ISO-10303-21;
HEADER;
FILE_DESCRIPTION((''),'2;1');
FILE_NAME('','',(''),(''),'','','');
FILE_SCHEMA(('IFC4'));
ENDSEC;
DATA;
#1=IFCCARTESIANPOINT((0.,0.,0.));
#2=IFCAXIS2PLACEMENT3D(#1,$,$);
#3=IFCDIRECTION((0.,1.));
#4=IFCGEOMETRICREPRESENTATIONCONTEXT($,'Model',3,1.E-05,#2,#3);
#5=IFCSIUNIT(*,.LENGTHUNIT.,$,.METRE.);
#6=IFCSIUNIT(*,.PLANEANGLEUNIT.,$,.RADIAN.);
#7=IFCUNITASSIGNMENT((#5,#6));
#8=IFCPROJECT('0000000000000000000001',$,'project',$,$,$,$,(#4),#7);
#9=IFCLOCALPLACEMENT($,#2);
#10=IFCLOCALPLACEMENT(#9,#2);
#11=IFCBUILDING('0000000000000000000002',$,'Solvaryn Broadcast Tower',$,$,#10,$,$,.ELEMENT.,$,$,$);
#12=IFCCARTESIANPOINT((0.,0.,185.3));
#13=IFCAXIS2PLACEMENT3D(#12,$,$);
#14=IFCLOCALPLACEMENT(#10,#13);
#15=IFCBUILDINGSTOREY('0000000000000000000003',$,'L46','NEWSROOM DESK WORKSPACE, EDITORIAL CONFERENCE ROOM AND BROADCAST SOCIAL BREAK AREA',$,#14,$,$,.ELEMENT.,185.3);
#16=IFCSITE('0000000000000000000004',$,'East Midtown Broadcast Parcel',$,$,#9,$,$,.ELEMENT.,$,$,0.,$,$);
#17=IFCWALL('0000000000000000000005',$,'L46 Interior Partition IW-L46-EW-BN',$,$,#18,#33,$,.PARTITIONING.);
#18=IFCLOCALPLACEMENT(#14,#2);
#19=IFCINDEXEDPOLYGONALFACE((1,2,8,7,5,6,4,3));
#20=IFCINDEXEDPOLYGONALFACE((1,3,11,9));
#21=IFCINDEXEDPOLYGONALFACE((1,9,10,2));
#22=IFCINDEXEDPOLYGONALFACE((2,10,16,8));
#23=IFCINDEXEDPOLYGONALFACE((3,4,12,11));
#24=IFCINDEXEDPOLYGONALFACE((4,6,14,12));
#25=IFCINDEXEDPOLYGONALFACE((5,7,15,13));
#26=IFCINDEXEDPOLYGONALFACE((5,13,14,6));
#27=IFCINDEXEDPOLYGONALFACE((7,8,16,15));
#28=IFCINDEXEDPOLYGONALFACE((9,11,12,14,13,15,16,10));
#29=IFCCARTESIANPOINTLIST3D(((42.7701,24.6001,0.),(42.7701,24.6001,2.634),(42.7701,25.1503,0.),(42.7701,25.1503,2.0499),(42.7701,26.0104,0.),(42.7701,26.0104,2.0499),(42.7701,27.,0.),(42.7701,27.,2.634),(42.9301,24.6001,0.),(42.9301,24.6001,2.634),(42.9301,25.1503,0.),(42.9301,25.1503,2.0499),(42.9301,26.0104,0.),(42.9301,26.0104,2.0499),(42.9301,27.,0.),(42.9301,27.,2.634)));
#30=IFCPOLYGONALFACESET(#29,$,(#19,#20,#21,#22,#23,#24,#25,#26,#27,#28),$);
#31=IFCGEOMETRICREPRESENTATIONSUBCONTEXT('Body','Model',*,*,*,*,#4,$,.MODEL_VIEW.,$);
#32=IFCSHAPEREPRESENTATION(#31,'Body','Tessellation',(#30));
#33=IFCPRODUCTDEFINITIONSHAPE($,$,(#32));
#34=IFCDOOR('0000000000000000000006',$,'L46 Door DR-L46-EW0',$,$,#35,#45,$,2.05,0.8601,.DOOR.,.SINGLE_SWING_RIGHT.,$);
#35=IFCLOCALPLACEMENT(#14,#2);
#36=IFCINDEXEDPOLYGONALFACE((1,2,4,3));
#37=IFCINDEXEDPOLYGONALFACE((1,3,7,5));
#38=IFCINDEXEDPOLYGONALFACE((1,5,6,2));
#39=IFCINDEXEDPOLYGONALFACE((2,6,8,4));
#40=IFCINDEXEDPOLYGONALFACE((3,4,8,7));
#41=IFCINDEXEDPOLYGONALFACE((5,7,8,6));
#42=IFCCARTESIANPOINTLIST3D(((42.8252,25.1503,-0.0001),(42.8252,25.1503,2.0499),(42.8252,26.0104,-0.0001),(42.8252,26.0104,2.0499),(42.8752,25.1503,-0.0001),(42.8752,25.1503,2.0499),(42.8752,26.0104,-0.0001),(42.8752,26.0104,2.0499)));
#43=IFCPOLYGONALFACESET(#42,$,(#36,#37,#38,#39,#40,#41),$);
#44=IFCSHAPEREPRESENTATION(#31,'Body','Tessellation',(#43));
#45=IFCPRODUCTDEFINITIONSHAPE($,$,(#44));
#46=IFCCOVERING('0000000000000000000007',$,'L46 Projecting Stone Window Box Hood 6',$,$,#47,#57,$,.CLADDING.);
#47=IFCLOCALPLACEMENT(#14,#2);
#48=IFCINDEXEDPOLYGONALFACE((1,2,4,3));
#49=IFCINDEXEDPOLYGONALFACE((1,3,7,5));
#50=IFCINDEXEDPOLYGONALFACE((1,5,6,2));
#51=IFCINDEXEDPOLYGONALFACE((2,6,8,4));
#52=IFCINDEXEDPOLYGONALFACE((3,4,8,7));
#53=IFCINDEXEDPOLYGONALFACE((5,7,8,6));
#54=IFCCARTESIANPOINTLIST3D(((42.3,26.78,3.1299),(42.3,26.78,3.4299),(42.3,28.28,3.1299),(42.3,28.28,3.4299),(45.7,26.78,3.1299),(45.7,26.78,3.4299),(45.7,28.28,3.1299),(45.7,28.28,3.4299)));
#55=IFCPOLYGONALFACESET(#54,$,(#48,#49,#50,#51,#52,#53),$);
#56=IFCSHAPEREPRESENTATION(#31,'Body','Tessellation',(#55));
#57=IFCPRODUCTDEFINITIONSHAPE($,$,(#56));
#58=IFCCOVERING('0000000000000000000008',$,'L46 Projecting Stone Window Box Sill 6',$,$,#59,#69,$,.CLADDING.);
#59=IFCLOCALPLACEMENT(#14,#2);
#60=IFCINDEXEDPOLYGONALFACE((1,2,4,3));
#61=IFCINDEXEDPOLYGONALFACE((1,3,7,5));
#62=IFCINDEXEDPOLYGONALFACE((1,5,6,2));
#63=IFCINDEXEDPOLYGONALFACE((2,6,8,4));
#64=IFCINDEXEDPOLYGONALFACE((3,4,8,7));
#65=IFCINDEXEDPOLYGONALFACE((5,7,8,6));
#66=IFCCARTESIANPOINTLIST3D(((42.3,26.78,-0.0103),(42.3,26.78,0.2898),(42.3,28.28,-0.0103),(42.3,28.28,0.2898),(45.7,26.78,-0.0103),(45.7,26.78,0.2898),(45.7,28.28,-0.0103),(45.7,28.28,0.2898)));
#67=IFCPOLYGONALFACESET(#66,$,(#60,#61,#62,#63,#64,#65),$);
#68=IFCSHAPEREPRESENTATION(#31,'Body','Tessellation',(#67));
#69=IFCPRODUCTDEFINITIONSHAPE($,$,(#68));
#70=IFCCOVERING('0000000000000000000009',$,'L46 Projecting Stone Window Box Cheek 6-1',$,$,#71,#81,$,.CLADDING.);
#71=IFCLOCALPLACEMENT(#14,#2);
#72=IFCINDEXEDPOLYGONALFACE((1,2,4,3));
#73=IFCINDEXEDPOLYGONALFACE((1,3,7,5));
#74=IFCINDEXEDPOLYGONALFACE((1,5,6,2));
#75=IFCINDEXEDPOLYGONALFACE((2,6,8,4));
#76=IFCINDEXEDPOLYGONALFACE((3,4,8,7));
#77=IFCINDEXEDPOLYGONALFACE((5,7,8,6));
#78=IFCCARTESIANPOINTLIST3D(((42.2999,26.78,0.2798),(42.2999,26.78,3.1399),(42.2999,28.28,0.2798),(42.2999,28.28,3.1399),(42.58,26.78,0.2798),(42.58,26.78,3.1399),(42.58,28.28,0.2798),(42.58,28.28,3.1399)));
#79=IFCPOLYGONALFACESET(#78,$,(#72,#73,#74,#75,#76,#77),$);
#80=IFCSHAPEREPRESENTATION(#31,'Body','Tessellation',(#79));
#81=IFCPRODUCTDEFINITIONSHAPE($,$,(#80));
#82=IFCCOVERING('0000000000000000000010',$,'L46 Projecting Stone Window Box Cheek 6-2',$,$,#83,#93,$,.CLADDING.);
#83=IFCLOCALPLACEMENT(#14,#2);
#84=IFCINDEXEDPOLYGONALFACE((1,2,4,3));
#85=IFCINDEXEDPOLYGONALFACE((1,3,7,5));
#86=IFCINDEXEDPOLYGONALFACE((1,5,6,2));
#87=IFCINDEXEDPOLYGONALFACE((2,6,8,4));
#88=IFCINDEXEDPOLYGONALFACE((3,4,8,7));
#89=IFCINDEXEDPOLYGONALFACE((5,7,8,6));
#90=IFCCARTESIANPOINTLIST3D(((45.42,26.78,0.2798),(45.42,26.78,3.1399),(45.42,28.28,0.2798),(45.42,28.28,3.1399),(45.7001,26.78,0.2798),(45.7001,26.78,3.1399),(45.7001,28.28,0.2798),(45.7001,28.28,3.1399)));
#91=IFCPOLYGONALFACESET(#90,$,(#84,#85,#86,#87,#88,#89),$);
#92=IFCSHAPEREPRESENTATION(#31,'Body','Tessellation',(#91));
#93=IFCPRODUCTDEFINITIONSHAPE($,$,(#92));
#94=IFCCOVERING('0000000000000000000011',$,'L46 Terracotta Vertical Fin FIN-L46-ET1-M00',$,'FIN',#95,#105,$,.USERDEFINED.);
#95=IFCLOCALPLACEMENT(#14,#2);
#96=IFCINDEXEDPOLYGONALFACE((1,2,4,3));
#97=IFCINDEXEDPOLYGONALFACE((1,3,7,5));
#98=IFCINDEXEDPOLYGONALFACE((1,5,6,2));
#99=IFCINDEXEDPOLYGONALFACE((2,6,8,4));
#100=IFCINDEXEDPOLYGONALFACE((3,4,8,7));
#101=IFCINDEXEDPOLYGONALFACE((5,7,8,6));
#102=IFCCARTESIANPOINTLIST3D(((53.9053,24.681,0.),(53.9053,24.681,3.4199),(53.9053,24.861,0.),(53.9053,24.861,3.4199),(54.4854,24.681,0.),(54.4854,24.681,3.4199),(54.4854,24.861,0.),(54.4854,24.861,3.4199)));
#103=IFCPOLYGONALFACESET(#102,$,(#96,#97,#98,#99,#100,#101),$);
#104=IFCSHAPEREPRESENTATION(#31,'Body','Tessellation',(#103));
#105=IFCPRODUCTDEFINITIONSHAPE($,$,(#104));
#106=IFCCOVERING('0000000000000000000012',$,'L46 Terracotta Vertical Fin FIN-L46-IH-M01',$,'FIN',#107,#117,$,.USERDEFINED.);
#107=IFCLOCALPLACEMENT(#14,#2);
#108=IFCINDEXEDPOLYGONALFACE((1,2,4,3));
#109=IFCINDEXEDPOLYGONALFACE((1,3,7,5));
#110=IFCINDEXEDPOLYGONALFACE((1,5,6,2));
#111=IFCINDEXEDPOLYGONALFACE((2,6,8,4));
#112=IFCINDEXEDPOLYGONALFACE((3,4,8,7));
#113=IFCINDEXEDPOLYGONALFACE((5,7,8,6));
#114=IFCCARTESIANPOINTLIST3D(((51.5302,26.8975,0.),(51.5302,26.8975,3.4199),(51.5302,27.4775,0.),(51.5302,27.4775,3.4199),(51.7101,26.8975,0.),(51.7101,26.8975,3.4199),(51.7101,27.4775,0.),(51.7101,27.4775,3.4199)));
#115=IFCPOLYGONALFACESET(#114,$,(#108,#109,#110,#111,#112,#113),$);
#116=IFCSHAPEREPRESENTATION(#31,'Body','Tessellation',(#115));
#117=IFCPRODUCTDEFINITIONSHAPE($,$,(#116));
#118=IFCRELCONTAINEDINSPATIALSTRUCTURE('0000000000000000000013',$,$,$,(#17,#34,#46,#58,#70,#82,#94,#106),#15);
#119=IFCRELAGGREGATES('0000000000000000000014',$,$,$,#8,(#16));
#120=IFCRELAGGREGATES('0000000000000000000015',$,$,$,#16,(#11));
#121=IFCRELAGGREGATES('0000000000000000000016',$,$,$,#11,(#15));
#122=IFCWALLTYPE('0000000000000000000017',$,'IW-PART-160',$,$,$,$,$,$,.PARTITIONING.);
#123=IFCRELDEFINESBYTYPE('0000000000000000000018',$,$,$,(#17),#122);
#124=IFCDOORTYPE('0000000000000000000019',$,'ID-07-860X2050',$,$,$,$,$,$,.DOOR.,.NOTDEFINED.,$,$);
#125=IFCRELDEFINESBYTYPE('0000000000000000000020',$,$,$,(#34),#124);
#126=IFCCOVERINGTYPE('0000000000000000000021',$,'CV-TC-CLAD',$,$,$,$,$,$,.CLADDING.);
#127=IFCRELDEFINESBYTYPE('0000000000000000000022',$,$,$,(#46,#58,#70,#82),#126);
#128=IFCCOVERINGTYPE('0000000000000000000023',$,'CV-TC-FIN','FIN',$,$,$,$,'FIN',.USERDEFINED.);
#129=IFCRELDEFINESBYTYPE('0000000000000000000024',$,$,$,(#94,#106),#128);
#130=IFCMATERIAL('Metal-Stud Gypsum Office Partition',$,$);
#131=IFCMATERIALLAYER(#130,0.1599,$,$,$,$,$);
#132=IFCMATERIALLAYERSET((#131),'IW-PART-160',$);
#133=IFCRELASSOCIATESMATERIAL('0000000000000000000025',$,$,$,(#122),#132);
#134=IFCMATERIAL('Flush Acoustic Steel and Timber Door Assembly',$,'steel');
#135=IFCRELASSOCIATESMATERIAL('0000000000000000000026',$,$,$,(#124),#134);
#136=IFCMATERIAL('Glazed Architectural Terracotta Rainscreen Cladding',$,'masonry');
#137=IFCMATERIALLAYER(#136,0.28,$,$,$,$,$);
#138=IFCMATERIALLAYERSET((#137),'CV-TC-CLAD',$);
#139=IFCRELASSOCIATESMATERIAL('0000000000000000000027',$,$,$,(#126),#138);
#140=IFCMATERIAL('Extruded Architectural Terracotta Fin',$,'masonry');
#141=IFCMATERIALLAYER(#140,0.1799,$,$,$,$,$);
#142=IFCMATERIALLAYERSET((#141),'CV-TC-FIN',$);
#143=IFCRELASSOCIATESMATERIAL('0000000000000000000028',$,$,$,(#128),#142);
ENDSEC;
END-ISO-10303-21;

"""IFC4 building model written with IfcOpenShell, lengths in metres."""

from ifc_helpers import new_model, si_unit, direction, frame, frame_2d, origin, origin_2d, place, context, subcontext, project, spatial, rectangle, extrude, material, layer, layer_set, type_object, element, fill, save


model = new_model("IFC4")

# Units and contexts
model_context = context("Model", 3, precision=1e-05, world=origin(), true_north=direction((0.0, 1.0)))
body_context = subcontext(model_context, "Body", "Model", "MODEL_VIEW")
ifc_project = project(units=[si_unit("LENGTHUNIT", "METRE"), si_unit("PLANEANGLEUNIT", "RADIAN")], contexts=[model_context])

# Site, building, storey
site_placement = place(None, origin())
site = spatial("IfcSite", under=ifc_project, at=site_placement, Name="East Midtown Broadcast Parcel", CompositionType="ELEMENT", RefElevation=0.0)
building_placement = place(site_placement, origin())
building = spatial("IfcBuilding", under=site, at=building_placement, Name="Solvaryn Broadcast Tower", CompositionType="ELEMENT")
storey_placement = place(building_placement, frame((0.0, 0.0, 185.3)))
storey = spatial("IfcBuildingStorey", under=building, at=storey_placement, Name="L46", Description="NEWSROOM DESK WORKSPACE, EDITORIAL CONFERENCE ROOM AND BROADCAST SOCIAL BREAK AREA", CompositionType="ELEMENT", Elevation=185.3)

# Wall, opening, door
ifc_material_1 = material(Name="Metal-Stud Gypsum Office Partition")
ifc_layer_1 = layer(ifc_material_1, 0.1599)
ifc_layer_set_1 = layer_set([ifc_layer_1], Name="IW-PART-160")
wall_type_1 = type_object("IfcWallType", Name="IW-PART-160", PredefinedType="PARTITIONING", material=ifc_layer_set_1)
wall_1_placement = place(storey_placement, frame((42.8501, 24.6001, 0.0), z_axis=(0.0, 0.0, 1.0), x_axis=(0.0, 1.0, 0.0)))
wall_1 = element("IfcWall", 1, at=wall_1_placement, inside=storey, type_object=wall_type_1, Name="L46 Interior Partition IW-L46-EW-BN", PredefinedType="PARTITIONING", context=body_context, shape_type="SweptSolid", body=[
    extrude(rectangle(XDim=2.3999, YDim=0.1599, at=frame_2d((1.2, 0.0))), origin(), (0.0, 0.0, 1.0), 2.634),
])
opening_1_placement = place(wall_1_placement, frame((0.55, 0.0, 0.0)))
opening_1 = element("IfcOpeningElement", 2, at=opening_1_placement, cuts=wall_1, PredefinedType="OPENING", context=body_context, shape_type="SweptSolid", body=[
    extrude(rectangle(XDim=0.8601, YDim=2.05, at=frame_2d((0.4302, 1.0249))), frame((0.0, 0.0901, 0.0), z_axis=(0.0, -1.0, 0.0), x_axis=(1.0, 0.0, 0.0)), (0.0, 0.0, 1.0), 0.1799),
])
ifc_material_2 = material(Name="Flush Acoustic Steel and Timber Door Assembly", Category="steel")
door_type_1 = type_object("IfcDoorType", Name="ID-07-860X2050", OperationType="NOTDEFINED", PredefinedType="DOOR", material=ifc_material_2)
door_1_placement = place(opening_1_placement, origin())
door_1 = element("IfcDoor", 3, at=door_1_placement, inside=storey, type_object=door_type_1, Name="L46 Door DR-L46-EW0", OperationType="SINGLE_SWING_RIGHT", OverallHeight=2.05, OverallWidth=0.8601, PredefinedType="DOOR", context=body_context, shape_type="SweptSolid", body=[
    extrude(rectangle(XDim=0.8601, YDim=2.05, at=frame_2d((0.4302, 1.0249))), frame((0.0, 0.0249, 0.0), z_axis=(0.0, -1.0, 0.0), x_axis=(1.0, 0.0, 0.0)), (0.0, 0.0, 1.0), 0.05),
])
fill(opening_1, door_1)

# Coverings
ifc_material_3 = material(Name="Glazed Architectural Terracotta Rainscreen Cladding", Category="masonry")
ifc_layer_2 = layer(ifc_material_3, 0.28)
ifc_layer_set_2 = layer_set([ifc_layer_2], Name="CV-TC-CLAD")
covering_type_1 = type_object("IfcCoveringType", Name="CV-TC-CLAD", PredefinedType="CLADDING", material=ifc_layer_set_2)
for number, where, z_axis, x_axis, name in (
    (4, (44.0, 27.53, 3.1299), (0.0, 0.0, 1.0), (1.0, 0.0, 0.0), "L46 Projecting Stone Window Box Hood 6"),
    (5, (44.0, 27.53, -0.0103), (0.0, 0.0, 1.0), (1.0, 0.0, 0.0), "L46 Projecting Stone Window Box Sill 6"),
):
    element("IfcCovering", number, at=place(storey_placement, frame(where, z_axis=z_axis, x_axis=x_axis)), inside=storey, type_object=covering_type_1, Name=name, PredefinedType="CLADDING", context=body_context, shape_type="SweptSolid", body=[
        extrude(rectangle(XDim=3.3999, YDim=1.5, at=origin_2d()), origin(), (0.0, 0.0, 1.0), 0.3),
    ])
for number, where, z_axis, x_axis, name in (
    (6, (42.4399, 27.53, 0.2798), (0.0, 0.0, 1.0), (1.0, 0.0, 0.0), "L46 Projecting Stone Window Box Cheek 6-1"),
    (7, (45.5601, 27.53, 0.2798), (0.0, 0.0, 1.0), (1.0, 0.0, 0.0), "L46 Projecting Stone Window Box Cheek 6-2"),
):
    element("IfcCovering", number, at=place(storey_placement, frame(where, z_axis=z_axis, x_axis=x_axis)), inside=storey, type_object=covering_type_1, Name=name, PredefinedType="CLADDING", context=body_context, shape_type="SweptSolid", body=[
        extrude(rectangle(XDim=0.28, YDim=1.5, at=origin_2d()), origin(), (0.0, 0.0, 1.0), 2.8601),
    ])
ifc_material_4 = material(Name="Extruded Architectural Terracotta Fin", Category="masonry")
ifc_layer_3 = layer(ifc_material_4, 0.1799)
ifc_layer_set_3 = layer_set([ifc_layer_3], Name="CV-TC-FIN")
covering_type_2 = type_object("IfcCoveringType", Name="CV-TC-FIN", Description="FIN", ElementType="FIN", PredefinedType="USERDEFINED", material=ifc_layer_set_3)
covering_1_placement = place(storey_placement, frame((54.1953, 24.771, 0.0), z_axis=(0.0, 0.0, 1.0), x_axis=(1.0, 0.0, 0.0)))
element("IfcCovering", 8, at=covering_1_placement, inside=storey, type_object=covering_type_2, Name="L46 Terracotta Vertical Fin FIN-L46-ET1-M00", ObjectType="FIN", PredefinedType="USERDEFINED", context=body_context, shape_type="SweptSolid", body=[
    extrude(rectangle(XDim=0.5801, YDim=0.1799, at=origin_2d()), origin(), (0.0, 0.0, 1.0), 3.4199),
])
covering_2_placement = place(storey_placement, frame((51.6201, 27.1875, 0.0), z_axis=(0.0, 0.0, 1.0), x_axis=(1.0, 0.0, 0.0)))
element("IfcCovering", 9, at=covering_2_placement, inside=storey, type_object=covering_type_2, Name="L46 Terracotta Vertical Fin FIN-L46-IH-M01", ObjectType="FIN", PredefinedType="USERDEFINED", context=body_context, shape_type="SweptSolid", body=[
    extrude(rectangle(XDim=0.1799, YDim=0.5801, at=origin_2d()), origin(), (0.0, 0.0, 1.0), 3.4199),
])

save(model, "model.ifc")
